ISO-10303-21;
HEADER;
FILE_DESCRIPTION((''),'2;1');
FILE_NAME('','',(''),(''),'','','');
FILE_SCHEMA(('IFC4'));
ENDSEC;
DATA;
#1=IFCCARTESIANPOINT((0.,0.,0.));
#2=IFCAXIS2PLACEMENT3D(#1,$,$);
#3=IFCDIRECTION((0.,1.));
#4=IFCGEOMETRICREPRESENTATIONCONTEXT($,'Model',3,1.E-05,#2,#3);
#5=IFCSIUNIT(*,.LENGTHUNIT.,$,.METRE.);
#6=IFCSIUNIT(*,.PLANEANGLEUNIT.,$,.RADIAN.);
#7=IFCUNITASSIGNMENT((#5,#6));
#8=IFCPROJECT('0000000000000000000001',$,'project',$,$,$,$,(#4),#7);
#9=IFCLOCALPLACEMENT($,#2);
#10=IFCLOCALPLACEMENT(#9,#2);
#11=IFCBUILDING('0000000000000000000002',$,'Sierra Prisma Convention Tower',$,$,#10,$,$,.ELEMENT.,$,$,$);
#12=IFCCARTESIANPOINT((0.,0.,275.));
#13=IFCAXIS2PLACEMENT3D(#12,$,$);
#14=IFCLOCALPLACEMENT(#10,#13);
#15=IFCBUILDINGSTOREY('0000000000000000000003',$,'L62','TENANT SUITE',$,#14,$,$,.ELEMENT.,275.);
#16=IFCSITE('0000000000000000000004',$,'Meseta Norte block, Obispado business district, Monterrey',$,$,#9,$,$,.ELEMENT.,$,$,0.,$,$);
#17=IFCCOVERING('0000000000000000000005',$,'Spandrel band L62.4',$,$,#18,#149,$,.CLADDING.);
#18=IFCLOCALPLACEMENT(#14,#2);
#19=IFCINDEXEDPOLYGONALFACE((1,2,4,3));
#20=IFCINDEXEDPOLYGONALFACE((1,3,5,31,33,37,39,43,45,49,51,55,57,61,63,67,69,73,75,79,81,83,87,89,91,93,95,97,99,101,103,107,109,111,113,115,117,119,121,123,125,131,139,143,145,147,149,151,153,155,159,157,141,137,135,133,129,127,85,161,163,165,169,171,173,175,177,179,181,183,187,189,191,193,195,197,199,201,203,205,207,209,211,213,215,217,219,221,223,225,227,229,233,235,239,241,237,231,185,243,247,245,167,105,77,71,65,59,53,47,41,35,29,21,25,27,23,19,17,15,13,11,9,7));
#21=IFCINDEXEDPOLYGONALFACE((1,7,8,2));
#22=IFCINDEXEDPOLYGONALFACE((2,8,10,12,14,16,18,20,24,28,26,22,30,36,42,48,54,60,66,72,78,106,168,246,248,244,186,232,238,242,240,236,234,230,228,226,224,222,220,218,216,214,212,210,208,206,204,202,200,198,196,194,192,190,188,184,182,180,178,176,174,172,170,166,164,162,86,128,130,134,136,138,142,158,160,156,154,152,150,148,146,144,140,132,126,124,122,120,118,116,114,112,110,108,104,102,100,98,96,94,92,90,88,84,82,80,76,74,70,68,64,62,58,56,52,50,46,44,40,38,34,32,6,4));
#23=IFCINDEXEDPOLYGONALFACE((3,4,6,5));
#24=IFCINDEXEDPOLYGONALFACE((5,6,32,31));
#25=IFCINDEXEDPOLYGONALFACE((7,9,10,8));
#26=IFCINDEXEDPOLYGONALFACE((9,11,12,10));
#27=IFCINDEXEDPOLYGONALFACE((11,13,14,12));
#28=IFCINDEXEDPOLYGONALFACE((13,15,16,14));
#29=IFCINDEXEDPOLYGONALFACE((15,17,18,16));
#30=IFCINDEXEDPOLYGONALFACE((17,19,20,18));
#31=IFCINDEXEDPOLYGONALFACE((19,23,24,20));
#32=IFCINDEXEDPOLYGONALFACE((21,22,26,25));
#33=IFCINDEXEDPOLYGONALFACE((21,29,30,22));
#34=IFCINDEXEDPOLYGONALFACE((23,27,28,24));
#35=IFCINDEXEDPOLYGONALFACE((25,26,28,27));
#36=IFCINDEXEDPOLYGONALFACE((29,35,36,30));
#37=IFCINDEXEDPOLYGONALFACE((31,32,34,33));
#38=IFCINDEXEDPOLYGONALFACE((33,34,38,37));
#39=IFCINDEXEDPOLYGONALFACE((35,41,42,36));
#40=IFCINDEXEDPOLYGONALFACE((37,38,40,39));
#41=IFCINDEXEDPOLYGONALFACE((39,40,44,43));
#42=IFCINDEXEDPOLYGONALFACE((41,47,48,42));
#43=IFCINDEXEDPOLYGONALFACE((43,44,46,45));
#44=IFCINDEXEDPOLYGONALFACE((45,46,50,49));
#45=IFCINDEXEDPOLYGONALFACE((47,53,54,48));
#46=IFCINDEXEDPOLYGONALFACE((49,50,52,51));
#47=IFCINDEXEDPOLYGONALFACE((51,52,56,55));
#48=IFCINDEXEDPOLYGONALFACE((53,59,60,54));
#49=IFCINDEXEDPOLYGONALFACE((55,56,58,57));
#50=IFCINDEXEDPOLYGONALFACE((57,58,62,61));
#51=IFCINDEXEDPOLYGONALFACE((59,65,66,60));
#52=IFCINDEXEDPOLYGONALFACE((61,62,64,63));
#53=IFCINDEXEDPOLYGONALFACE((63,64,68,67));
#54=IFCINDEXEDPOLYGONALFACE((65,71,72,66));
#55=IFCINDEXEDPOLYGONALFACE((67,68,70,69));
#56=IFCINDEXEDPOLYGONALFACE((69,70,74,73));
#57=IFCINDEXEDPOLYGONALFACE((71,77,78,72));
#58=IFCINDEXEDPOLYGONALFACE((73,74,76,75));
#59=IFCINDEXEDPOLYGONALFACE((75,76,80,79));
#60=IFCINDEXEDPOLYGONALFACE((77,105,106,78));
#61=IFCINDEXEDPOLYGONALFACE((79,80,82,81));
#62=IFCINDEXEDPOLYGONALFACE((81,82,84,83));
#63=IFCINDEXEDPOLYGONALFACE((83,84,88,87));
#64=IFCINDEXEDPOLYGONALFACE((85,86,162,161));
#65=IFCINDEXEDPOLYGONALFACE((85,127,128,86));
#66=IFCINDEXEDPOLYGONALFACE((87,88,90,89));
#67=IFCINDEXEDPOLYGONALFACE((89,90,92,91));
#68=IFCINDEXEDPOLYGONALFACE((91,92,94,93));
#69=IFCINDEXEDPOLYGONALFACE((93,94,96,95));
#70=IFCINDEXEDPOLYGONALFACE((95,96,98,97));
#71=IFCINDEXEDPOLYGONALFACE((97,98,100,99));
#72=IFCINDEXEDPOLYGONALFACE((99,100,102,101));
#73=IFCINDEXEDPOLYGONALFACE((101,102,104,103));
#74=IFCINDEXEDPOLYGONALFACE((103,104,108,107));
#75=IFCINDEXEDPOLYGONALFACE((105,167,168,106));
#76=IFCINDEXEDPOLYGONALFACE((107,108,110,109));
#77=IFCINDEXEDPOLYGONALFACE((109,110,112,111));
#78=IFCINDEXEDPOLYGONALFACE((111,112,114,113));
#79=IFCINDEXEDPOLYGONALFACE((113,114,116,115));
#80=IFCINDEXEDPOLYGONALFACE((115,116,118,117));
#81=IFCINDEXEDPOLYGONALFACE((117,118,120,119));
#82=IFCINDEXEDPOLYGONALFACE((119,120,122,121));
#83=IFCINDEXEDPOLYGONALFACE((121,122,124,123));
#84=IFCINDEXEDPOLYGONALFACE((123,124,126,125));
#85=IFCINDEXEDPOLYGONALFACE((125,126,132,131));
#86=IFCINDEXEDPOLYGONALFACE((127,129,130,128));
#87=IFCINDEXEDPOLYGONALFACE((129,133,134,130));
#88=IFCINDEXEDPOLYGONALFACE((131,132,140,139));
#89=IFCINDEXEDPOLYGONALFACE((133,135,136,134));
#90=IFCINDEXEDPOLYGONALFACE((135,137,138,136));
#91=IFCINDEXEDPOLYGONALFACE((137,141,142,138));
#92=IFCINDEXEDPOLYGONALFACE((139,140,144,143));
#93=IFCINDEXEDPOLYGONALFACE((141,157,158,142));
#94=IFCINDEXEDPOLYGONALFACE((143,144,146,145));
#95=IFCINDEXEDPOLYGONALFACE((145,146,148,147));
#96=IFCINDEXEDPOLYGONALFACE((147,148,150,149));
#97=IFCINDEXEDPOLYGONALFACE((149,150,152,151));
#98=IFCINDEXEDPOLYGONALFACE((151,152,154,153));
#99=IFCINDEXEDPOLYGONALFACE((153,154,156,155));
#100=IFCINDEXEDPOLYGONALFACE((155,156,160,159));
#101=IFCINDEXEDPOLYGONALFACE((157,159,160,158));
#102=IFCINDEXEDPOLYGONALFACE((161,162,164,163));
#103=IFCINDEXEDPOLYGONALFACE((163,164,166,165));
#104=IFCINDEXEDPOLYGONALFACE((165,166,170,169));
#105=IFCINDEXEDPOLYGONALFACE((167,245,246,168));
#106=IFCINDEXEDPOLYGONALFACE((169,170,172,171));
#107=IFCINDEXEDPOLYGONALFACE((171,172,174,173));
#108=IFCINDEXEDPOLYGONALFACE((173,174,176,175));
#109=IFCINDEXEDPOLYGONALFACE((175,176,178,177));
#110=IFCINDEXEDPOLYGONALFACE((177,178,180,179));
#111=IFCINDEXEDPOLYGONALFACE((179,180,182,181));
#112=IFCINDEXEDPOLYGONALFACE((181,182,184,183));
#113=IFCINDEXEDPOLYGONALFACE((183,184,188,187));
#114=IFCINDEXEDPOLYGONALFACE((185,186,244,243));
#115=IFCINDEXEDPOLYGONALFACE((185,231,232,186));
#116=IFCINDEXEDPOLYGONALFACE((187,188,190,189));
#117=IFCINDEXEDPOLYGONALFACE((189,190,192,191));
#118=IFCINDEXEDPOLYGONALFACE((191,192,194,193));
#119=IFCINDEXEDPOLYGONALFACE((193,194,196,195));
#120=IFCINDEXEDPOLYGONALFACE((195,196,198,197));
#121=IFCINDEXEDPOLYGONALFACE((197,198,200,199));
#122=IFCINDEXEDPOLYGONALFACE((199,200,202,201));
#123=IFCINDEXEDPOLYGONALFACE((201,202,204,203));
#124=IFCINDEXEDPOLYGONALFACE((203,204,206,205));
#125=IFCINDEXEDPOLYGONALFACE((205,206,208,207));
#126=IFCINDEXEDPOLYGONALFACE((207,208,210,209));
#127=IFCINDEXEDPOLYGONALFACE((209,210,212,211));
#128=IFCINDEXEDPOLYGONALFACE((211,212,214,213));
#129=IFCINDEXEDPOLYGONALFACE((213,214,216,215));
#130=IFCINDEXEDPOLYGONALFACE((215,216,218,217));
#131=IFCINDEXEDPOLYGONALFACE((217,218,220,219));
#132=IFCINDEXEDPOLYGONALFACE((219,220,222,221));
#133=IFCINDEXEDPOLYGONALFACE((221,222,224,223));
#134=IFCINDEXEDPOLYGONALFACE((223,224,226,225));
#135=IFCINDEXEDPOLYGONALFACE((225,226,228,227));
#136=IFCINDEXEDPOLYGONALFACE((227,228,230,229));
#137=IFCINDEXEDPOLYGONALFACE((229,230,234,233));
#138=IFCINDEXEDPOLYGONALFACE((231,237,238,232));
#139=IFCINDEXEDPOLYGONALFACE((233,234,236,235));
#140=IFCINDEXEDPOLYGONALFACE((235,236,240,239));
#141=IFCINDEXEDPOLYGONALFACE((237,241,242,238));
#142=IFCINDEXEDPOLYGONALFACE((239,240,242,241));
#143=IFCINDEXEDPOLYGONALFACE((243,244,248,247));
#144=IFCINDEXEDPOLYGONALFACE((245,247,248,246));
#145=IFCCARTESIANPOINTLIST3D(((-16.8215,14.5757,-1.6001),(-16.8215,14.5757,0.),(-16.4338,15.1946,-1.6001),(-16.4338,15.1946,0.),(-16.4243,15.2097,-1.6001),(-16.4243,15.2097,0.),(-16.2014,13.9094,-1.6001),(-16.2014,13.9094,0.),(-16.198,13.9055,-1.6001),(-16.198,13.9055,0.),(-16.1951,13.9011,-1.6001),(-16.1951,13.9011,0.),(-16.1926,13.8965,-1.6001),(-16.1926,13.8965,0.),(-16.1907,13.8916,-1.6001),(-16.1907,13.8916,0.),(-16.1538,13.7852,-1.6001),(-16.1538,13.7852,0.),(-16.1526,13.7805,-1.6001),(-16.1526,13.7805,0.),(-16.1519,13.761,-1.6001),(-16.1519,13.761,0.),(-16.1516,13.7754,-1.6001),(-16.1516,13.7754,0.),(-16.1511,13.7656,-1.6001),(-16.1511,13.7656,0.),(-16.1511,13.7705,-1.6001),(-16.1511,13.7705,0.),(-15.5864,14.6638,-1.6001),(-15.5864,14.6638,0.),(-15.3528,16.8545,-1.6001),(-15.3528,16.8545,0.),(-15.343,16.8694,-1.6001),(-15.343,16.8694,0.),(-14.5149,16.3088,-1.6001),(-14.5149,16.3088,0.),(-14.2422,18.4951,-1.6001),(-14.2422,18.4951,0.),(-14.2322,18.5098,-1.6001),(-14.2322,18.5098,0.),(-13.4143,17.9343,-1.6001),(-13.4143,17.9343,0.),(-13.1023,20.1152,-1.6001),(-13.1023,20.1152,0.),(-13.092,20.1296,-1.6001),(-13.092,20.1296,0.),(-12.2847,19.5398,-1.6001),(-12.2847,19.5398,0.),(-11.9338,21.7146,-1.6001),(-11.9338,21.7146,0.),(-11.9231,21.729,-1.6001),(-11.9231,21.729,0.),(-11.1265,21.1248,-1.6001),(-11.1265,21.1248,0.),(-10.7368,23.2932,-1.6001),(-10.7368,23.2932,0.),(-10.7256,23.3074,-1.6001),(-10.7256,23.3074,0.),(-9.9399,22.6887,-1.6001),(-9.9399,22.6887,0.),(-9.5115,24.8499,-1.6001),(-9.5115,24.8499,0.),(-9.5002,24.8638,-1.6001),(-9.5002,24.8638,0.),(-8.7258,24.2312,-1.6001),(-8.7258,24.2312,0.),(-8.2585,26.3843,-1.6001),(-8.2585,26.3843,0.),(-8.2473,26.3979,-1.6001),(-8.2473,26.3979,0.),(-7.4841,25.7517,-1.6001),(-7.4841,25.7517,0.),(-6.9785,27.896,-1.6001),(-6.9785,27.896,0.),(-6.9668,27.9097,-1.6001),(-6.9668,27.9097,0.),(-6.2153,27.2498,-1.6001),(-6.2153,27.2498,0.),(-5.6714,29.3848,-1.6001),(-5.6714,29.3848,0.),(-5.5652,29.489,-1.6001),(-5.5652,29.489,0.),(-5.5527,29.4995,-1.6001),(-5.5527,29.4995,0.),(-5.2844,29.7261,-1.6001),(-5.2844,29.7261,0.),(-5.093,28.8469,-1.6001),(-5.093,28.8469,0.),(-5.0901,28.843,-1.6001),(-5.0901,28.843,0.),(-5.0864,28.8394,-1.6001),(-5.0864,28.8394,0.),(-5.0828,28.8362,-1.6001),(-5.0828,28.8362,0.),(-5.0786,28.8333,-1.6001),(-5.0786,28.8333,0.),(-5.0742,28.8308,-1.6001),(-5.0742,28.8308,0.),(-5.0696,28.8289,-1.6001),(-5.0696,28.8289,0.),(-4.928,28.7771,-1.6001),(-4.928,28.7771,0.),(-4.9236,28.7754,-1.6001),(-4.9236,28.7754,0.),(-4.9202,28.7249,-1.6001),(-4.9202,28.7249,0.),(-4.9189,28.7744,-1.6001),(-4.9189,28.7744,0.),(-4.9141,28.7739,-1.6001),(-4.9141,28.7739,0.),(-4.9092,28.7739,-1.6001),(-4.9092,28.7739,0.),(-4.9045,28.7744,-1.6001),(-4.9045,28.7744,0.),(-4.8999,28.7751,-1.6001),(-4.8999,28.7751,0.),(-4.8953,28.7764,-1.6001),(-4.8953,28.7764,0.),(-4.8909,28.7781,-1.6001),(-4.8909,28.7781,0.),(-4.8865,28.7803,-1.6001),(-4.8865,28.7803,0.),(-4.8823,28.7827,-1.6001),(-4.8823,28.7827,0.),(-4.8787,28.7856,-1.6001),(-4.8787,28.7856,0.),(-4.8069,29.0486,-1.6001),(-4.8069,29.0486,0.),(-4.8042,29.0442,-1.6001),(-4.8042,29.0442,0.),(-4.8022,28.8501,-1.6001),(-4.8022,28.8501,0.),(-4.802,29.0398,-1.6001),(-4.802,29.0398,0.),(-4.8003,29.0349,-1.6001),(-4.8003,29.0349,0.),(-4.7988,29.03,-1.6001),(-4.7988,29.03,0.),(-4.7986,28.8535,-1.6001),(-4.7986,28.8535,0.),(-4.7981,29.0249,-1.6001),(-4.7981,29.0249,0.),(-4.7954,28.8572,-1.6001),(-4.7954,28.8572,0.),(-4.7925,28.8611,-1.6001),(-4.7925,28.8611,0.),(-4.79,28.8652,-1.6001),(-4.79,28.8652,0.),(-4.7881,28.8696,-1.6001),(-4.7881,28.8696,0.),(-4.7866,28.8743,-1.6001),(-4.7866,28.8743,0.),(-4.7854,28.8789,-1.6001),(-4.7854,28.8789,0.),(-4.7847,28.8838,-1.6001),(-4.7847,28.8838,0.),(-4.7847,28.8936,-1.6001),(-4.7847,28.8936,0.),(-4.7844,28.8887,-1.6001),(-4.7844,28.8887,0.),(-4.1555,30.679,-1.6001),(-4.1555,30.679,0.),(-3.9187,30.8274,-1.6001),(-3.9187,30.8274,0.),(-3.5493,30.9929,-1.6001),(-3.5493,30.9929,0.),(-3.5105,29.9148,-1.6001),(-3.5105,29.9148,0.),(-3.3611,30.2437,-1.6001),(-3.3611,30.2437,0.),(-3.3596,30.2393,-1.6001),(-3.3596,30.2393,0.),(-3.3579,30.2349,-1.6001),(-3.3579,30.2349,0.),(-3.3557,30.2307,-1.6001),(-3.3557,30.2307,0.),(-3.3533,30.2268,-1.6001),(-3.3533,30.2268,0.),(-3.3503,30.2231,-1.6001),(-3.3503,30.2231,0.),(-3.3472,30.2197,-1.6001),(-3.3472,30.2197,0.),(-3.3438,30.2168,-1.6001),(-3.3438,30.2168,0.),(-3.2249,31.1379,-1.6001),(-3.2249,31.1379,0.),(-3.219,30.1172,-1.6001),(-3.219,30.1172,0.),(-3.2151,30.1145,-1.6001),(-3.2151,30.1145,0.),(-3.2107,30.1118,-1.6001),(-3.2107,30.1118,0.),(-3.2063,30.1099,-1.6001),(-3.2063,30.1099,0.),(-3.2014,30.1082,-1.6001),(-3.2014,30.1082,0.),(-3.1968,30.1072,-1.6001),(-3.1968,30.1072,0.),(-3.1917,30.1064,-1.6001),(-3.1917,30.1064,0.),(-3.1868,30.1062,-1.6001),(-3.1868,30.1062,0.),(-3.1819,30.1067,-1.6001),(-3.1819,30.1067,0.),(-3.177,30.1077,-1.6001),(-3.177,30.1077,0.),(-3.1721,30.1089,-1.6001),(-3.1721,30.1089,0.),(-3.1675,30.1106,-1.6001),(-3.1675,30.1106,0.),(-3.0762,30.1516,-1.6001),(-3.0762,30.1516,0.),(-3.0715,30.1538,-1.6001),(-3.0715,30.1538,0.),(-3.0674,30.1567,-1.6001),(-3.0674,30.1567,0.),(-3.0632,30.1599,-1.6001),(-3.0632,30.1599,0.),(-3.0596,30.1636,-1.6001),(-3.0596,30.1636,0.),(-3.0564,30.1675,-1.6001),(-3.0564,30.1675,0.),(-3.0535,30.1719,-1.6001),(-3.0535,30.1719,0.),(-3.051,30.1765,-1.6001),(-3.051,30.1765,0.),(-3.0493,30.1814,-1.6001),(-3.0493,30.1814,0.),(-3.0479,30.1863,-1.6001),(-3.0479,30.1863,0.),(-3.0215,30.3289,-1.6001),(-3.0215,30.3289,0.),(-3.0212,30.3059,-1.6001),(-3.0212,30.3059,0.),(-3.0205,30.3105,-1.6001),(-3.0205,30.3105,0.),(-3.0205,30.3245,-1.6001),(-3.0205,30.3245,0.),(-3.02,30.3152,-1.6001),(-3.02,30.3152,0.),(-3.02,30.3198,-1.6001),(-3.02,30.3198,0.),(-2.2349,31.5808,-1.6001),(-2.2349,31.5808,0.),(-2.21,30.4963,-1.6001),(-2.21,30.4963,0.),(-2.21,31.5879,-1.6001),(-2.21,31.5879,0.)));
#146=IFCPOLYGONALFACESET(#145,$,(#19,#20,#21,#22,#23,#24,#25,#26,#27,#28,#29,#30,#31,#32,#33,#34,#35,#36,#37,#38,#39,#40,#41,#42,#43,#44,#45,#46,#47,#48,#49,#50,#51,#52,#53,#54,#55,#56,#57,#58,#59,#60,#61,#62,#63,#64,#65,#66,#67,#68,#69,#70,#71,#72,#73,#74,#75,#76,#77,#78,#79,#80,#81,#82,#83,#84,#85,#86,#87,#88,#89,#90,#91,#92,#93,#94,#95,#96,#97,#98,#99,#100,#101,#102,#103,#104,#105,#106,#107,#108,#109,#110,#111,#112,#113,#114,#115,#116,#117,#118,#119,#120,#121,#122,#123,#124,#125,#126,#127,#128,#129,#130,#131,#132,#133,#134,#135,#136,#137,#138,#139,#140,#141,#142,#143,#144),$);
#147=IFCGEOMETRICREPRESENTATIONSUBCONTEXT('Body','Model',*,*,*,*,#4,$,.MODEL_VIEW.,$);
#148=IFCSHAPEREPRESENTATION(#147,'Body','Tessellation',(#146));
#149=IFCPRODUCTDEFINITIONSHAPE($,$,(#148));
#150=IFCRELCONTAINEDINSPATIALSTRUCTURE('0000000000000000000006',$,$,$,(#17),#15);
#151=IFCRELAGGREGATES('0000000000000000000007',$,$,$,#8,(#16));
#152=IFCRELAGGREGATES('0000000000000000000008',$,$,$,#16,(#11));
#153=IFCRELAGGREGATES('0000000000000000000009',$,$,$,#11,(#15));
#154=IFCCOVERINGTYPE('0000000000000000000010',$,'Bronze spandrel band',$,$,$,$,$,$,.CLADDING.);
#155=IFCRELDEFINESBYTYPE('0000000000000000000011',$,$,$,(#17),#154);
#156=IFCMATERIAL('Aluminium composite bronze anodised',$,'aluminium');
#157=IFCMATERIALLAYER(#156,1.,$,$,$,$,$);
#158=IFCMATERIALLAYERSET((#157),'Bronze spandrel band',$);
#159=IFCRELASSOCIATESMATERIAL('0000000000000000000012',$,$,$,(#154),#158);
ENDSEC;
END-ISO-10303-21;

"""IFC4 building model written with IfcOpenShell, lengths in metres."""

from ifc_helpers import new_model, si_unit, direction, frame, origin, place, context, subcontext, project, spatial, polyline, outline, extrude, material, layer, layer_set, type_object, element, save


model = new_model("IFC4")

# Units and contexts
model_context = context("Model", 3, precision=1e-05, world=origin(), true_north=direction((0.0, 1.0)))
body_context = subcontext(model_context, "Body", "Model", "MODEL_VIEW")
ifc_project = project(units=[si_unit("LENGTHUNIT", "METRE"), si_unit("PLANEANGLEUNIT", "RADIAN")], contexts=[model_context])

# Site, building, storey
site_placement = place(None, origin())
site = spatial("IfcSite", under=ifc_project, at=site_placement, Name="Meseta Norte block, Obispado business district, Monterrey", CompositionType="ELEMENT", RefElevation=0.0)
building_placement = place(site_placement, origin())
building = spatial("IfcBuilding", under=site, at=building_placement, Name="Sierra Prisma Convention Tower", CompositionType="ELEMENT")
storey_placement = place(building_placement, frame((0.0, 0.0, 275.0)))
storey = spatial("IfcBuildingStorey", under=building, at=storey_placement, Name="L62", Description="TENANT SUITE", CompositionType="ELEMENT", Elevation=275.0)

# Covering
ifc_material_1 = material(Name="Aluminium composite bronze anodised", Category="aluminium")
ifc_layer_1 = layer(ifc_material_1, 1.0)
ifc_layer_set_1 = layer_set([ifc_layer_1], Name="Bronze spandrel band")
covering_type_1 = type_object("IfcCoveringType", Name="Bronze spandrel band", PredefinedType="CLADDING", material=ifc_layer_set_1)
covering_1_placement = place(storey_placement, frame((0.0, 0.0, -1.6001)))
element("IfcCovering", 1, at=covering_1_placement, inside=storey, type_object=covering_type_1, Name="Spandrel band L62.4", PredefinedType="CLADDING", context=body_context, shape_type="SweptSolid", body=[
    extrude(outline(polyline([(-11.9338, 21.7146), (-11.9231, 21.729), (-10.7368, 23.2932), (-10.7256, 23.3074), (-9.5115, 24.8499), (-9.5002, 24.8638), (-8.2585, 26.3843), (-8.2473, 26.3979), (-6.9785, 27.896), (-6.9668, 27.9097), (-5.6714, 29.3848), (-5.5652, 29.489), (-5.5527, 29.4995), (-5.093, 28.8469), (-5.0901, 28.843), (-5.0864, 28.8394), (-5.0828, 28.8362), (-5.0786, 28.8333), (-5.0742, 28.8308), (-5.0696, 28.8289), (-4.928, 28.7771), (-4.9236, 28.7754), (-4.9189, 28.7744), (-4.9141, 28.7739), (-4.9092, 28.7739), (-4.9045, 28.7744), (-4.8999, 28.7751), (-4.8953, 28.7764), (-4.8909, 28.7781), (-4.8865, 28.7803), (-4.8823, 28.7827), (-4.8787, 28.7856), (-4.8022, 28.8501), (-4.7986, 28.8535), (-4.7954, 28.8572), (-4.7925, 28.8611), (-4.79, 28.8652), (-4.7881, 28.8696), (-4.7866, 28.8743), (-4.7854, 28.8789), (-4.7847, 28.8838), (-4.7844, 28.8887), (-4.7847, 28.8936), (-4.7981, 29.0249), (-4.7988, 29.03), (-4.8003, 29.0349), (-4.802, 29.0398), (-4.8042, 29.0442), (-4.8069, 29.0486), (-5.2844, 29.7261), (-4.1555, 30.679), (-3.9187, 30.8274), (-3.5493, 30.9929), (-3.3611, 30.2437), (-3.3596, 30.2393), (-3.3579, 30.2349), (-3.3557, 30.2307), (-3.3533, 30.2268), (-3.3503, 30.2231), (-3.3472, 30.2197), (-3.3438, 30.2168), (-3.219, 30.1172), (-3.2151, 30.1145), (-3.2107, 30.1118), (-3.2063, 30.1099), (-3.2014, 30.1082), (-3.1968, 30.1072), (-3.1917, 30.1064), (-3.1868, 30.1062), (-3.1819, 30.1067), (-3.177, 30.1077), (-3.1721, 30.1089), (-3.1675, 30.1106), (-3.0762, 30.1516), (-3.0715, 30.1538), (-3.0674, 30.1567), (-3.0632, 30.1599), (-3.0596, 30.1636), (-3.0564, 30.1675), (-3.0535, 30.1719), (-3.051, 30.1765), (-3.0493, 30.1814), (-3.0479, 30.1863), (-3.0212, 30.3059), (-3.0205, 30.3105), (-3.02, 30.3152), (-3.02, 30.3198), (-3.0205, 30.3245), (-3.0215, 30.3289), (-3.2249, 31.1379), (-2.2349, 31.5808), (-2.21, 31.5879), (-2.21, 30.4963), (-3.5105, 29.9148), (-4.9202, 28.7249), (-6.2153, 27.2498), (-7.4841, 25.7517), (-8.7258, 24.2312), (-9.9399, 22.6887), (-11.1265, 21.1248), (-12.2847, 19.5398), (-13.4143, 17.9343), (-14.5149, 16.3088), (-15.5864, 14.6638), (-16.1519, 13.761), (-16.1511, 13.7656), (-16.1511, 13.7705), (-16.1516, 13.7754), (-16.1526, 13.7805), (-16.1538, 13.7852), (-16.1907, 13.8916), (-16.1926, 13.8965), (-16.1951, 13.9011), (-16.198, 13.9055), (-16.2014, 13.9094), (-16.8215, 14.5757), (-16.4338, 15.1946), (-16.4243, 15.2097), (-15.3528, 16.8545), (-15.343, 16.8694), (-14.2422, 18.4951), (-14.2322, 18.5098), (-13.1023, 20.1152), (-13.092, 20.1296), (-11.9338, 21.7146)])), origin(), (0.0, 0.0, 1.0), 1.6001),
])

save(model, "model.ifc")
